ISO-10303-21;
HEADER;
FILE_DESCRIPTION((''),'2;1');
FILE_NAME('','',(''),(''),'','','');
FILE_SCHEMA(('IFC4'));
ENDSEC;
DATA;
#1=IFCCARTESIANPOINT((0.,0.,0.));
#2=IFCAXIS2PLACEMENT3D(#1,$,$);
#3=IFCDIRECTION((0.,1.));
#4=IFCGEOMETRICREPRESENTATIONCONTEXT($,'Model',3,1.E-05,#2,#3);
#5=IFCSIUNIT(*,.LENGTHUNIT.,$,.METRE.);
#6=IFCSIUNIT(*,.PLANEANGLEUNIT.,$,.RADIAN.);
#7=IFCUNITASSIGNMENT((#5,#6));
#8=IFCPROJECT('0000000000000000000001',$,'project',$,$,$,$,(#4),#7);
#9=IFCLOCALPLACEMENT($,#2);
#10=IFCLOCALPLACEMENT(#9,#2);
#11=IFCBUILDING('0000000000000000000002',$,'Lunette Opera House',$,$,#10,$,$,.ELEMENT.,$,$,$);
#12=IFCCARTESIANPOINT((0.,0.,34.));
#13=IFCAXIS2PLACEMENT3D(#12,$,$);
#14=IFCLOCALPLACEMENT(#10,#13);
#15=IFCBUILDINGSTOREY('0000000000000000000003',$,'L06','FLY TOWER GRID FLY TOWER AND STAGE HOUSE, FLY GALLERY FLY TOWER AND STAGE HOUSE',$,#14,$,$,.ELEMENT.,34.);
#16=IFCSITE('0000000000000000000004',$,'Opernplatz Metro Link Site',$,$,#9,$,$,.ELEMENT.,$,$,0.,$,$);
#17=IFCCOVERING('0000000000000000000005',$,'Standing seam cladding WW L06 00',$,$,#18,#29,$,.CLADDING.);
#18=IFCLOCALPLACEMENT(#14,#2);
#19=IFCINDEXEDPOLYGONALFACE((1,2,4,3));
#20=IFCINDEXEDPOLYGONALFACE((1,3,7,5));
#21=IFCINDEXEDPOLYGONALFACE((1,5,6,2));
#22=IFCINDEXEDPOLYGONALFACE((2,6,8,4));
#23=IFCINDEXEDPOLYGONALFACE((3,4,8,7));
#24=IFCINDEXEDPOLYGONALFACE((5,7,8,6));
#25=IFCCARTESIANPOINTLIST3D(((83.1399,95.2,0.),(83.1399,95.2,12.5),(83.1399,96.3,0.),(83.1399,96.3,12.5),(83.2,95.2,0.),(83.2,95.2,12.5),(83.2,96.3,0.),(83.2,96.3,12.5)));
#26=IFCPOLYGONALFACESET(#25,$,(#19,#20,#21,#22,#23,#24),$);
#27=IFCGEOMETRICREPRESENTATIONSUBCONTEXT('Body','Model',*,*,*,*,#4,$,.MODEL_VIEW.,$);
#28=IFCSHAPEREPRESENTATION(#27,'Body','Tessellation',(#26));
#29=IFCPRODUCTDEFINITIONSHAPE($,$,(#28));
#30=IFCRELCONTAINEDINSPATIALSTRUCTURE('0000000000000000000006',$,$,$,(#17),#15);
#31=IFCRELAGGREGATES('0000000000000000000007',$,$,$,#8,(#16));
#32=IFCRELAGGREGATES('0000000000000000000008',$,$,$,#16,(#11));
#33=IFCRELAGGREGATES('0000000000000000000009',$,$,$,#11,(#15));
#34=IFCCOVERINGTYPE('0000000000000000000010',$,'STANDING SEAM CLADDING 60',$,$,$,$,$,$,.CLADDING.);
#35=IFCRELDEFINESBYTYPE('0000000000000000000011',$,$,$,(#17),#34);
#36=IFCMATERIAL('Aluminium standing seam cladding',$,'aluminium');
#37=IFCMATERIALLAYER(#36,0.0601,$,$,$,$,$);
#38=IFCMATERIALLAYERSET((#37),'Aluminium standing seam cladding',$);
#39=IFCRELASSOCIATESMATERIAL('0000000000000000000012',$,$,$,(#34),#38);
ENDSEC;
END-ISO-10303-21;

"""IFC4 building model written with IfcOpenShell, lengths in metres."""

from ifc_helpers import new_model, si_unit, direction, frame, origin, origin_2d, place, context, subcontext, project, spatial, rectangle, extrude, material, layer, layer_set, type_object, element, save


model = new_model("IFC4")

# Units and contexts
model_context = context("Model", 3, precision=1e-05, world=origin(), true_north=direction((0.0, 1.0)))
body_context = subcontext(model_context, "Body", "Model", "MODEL_VIEW")
ifc_project = project(units=[si_unit("LENGTHUNIT", "METRE"), si_unit("PLANEANGLEUNIT", "RADIAN")], contexts=[model_context])

# Site, building, storey
site_placement = place(None, origin())
site = spatial("IfcSite", under=ifc_project, at=site_placement, Name="Opernplatz Metro Link Site", CompositionType="ELEMENT", RefElevation=0.0)
building_placement = place(site_placement, origin())
building = spatial("IfcBuilding", under=site, at=building_placement, Name="Lunette Opera House", CompositionType="ELEMENT")
storey_placement = place(building_placement, frame((0.0, 0.0, 34.0)))
storey = spatial("IfcBuildingStorey", under=building, at=storey_placement, Name="L06", Description="FLY TOWER GRID FLY TOWER AND STAGE HOUSE, FLY GALLERY FLY TOWER AND STAGE HOUSE", CompositionType="ELEMENT", Elevation=34.0)

# Covering
ifc_material_1 = material(Name="Aluminium standing seam cladding", Category="aluminium")
ifc_layer_1 = layer(ifc_material_1, 0.0601)
ifc_layer_set_1 = layer_set([ifc_layer_1], Name="Aluminium standing seam cladding")
covering_type = type_object("IfcCoveringType", Name="STANDING SEAM CLADDING 60", PredefinedType="CLADDING", material=ifc_layer_set_1)
covering_placement = place(storey_placement, frame((83.1699, 95.75, 0.0), z_axis=(0.0, 0.0, 1.0), x_axis=(0.0, 1.0, 0.0)))
element("IfcCovering", 1, at=covering_placement, inside=storey, type_object=covering_type, Name="Standing seam cladding WW L06 00", PredefinedType="CLADDING", context=body_context, shape_type="SweptSolid", body=[
    extrude(rectangle(XDim=1.1001, YDim=0.0601, at=origin_2d()), origin(), (0.0, 0.0, 1.0), 12.5),
])

save(model, "model.ifc")
